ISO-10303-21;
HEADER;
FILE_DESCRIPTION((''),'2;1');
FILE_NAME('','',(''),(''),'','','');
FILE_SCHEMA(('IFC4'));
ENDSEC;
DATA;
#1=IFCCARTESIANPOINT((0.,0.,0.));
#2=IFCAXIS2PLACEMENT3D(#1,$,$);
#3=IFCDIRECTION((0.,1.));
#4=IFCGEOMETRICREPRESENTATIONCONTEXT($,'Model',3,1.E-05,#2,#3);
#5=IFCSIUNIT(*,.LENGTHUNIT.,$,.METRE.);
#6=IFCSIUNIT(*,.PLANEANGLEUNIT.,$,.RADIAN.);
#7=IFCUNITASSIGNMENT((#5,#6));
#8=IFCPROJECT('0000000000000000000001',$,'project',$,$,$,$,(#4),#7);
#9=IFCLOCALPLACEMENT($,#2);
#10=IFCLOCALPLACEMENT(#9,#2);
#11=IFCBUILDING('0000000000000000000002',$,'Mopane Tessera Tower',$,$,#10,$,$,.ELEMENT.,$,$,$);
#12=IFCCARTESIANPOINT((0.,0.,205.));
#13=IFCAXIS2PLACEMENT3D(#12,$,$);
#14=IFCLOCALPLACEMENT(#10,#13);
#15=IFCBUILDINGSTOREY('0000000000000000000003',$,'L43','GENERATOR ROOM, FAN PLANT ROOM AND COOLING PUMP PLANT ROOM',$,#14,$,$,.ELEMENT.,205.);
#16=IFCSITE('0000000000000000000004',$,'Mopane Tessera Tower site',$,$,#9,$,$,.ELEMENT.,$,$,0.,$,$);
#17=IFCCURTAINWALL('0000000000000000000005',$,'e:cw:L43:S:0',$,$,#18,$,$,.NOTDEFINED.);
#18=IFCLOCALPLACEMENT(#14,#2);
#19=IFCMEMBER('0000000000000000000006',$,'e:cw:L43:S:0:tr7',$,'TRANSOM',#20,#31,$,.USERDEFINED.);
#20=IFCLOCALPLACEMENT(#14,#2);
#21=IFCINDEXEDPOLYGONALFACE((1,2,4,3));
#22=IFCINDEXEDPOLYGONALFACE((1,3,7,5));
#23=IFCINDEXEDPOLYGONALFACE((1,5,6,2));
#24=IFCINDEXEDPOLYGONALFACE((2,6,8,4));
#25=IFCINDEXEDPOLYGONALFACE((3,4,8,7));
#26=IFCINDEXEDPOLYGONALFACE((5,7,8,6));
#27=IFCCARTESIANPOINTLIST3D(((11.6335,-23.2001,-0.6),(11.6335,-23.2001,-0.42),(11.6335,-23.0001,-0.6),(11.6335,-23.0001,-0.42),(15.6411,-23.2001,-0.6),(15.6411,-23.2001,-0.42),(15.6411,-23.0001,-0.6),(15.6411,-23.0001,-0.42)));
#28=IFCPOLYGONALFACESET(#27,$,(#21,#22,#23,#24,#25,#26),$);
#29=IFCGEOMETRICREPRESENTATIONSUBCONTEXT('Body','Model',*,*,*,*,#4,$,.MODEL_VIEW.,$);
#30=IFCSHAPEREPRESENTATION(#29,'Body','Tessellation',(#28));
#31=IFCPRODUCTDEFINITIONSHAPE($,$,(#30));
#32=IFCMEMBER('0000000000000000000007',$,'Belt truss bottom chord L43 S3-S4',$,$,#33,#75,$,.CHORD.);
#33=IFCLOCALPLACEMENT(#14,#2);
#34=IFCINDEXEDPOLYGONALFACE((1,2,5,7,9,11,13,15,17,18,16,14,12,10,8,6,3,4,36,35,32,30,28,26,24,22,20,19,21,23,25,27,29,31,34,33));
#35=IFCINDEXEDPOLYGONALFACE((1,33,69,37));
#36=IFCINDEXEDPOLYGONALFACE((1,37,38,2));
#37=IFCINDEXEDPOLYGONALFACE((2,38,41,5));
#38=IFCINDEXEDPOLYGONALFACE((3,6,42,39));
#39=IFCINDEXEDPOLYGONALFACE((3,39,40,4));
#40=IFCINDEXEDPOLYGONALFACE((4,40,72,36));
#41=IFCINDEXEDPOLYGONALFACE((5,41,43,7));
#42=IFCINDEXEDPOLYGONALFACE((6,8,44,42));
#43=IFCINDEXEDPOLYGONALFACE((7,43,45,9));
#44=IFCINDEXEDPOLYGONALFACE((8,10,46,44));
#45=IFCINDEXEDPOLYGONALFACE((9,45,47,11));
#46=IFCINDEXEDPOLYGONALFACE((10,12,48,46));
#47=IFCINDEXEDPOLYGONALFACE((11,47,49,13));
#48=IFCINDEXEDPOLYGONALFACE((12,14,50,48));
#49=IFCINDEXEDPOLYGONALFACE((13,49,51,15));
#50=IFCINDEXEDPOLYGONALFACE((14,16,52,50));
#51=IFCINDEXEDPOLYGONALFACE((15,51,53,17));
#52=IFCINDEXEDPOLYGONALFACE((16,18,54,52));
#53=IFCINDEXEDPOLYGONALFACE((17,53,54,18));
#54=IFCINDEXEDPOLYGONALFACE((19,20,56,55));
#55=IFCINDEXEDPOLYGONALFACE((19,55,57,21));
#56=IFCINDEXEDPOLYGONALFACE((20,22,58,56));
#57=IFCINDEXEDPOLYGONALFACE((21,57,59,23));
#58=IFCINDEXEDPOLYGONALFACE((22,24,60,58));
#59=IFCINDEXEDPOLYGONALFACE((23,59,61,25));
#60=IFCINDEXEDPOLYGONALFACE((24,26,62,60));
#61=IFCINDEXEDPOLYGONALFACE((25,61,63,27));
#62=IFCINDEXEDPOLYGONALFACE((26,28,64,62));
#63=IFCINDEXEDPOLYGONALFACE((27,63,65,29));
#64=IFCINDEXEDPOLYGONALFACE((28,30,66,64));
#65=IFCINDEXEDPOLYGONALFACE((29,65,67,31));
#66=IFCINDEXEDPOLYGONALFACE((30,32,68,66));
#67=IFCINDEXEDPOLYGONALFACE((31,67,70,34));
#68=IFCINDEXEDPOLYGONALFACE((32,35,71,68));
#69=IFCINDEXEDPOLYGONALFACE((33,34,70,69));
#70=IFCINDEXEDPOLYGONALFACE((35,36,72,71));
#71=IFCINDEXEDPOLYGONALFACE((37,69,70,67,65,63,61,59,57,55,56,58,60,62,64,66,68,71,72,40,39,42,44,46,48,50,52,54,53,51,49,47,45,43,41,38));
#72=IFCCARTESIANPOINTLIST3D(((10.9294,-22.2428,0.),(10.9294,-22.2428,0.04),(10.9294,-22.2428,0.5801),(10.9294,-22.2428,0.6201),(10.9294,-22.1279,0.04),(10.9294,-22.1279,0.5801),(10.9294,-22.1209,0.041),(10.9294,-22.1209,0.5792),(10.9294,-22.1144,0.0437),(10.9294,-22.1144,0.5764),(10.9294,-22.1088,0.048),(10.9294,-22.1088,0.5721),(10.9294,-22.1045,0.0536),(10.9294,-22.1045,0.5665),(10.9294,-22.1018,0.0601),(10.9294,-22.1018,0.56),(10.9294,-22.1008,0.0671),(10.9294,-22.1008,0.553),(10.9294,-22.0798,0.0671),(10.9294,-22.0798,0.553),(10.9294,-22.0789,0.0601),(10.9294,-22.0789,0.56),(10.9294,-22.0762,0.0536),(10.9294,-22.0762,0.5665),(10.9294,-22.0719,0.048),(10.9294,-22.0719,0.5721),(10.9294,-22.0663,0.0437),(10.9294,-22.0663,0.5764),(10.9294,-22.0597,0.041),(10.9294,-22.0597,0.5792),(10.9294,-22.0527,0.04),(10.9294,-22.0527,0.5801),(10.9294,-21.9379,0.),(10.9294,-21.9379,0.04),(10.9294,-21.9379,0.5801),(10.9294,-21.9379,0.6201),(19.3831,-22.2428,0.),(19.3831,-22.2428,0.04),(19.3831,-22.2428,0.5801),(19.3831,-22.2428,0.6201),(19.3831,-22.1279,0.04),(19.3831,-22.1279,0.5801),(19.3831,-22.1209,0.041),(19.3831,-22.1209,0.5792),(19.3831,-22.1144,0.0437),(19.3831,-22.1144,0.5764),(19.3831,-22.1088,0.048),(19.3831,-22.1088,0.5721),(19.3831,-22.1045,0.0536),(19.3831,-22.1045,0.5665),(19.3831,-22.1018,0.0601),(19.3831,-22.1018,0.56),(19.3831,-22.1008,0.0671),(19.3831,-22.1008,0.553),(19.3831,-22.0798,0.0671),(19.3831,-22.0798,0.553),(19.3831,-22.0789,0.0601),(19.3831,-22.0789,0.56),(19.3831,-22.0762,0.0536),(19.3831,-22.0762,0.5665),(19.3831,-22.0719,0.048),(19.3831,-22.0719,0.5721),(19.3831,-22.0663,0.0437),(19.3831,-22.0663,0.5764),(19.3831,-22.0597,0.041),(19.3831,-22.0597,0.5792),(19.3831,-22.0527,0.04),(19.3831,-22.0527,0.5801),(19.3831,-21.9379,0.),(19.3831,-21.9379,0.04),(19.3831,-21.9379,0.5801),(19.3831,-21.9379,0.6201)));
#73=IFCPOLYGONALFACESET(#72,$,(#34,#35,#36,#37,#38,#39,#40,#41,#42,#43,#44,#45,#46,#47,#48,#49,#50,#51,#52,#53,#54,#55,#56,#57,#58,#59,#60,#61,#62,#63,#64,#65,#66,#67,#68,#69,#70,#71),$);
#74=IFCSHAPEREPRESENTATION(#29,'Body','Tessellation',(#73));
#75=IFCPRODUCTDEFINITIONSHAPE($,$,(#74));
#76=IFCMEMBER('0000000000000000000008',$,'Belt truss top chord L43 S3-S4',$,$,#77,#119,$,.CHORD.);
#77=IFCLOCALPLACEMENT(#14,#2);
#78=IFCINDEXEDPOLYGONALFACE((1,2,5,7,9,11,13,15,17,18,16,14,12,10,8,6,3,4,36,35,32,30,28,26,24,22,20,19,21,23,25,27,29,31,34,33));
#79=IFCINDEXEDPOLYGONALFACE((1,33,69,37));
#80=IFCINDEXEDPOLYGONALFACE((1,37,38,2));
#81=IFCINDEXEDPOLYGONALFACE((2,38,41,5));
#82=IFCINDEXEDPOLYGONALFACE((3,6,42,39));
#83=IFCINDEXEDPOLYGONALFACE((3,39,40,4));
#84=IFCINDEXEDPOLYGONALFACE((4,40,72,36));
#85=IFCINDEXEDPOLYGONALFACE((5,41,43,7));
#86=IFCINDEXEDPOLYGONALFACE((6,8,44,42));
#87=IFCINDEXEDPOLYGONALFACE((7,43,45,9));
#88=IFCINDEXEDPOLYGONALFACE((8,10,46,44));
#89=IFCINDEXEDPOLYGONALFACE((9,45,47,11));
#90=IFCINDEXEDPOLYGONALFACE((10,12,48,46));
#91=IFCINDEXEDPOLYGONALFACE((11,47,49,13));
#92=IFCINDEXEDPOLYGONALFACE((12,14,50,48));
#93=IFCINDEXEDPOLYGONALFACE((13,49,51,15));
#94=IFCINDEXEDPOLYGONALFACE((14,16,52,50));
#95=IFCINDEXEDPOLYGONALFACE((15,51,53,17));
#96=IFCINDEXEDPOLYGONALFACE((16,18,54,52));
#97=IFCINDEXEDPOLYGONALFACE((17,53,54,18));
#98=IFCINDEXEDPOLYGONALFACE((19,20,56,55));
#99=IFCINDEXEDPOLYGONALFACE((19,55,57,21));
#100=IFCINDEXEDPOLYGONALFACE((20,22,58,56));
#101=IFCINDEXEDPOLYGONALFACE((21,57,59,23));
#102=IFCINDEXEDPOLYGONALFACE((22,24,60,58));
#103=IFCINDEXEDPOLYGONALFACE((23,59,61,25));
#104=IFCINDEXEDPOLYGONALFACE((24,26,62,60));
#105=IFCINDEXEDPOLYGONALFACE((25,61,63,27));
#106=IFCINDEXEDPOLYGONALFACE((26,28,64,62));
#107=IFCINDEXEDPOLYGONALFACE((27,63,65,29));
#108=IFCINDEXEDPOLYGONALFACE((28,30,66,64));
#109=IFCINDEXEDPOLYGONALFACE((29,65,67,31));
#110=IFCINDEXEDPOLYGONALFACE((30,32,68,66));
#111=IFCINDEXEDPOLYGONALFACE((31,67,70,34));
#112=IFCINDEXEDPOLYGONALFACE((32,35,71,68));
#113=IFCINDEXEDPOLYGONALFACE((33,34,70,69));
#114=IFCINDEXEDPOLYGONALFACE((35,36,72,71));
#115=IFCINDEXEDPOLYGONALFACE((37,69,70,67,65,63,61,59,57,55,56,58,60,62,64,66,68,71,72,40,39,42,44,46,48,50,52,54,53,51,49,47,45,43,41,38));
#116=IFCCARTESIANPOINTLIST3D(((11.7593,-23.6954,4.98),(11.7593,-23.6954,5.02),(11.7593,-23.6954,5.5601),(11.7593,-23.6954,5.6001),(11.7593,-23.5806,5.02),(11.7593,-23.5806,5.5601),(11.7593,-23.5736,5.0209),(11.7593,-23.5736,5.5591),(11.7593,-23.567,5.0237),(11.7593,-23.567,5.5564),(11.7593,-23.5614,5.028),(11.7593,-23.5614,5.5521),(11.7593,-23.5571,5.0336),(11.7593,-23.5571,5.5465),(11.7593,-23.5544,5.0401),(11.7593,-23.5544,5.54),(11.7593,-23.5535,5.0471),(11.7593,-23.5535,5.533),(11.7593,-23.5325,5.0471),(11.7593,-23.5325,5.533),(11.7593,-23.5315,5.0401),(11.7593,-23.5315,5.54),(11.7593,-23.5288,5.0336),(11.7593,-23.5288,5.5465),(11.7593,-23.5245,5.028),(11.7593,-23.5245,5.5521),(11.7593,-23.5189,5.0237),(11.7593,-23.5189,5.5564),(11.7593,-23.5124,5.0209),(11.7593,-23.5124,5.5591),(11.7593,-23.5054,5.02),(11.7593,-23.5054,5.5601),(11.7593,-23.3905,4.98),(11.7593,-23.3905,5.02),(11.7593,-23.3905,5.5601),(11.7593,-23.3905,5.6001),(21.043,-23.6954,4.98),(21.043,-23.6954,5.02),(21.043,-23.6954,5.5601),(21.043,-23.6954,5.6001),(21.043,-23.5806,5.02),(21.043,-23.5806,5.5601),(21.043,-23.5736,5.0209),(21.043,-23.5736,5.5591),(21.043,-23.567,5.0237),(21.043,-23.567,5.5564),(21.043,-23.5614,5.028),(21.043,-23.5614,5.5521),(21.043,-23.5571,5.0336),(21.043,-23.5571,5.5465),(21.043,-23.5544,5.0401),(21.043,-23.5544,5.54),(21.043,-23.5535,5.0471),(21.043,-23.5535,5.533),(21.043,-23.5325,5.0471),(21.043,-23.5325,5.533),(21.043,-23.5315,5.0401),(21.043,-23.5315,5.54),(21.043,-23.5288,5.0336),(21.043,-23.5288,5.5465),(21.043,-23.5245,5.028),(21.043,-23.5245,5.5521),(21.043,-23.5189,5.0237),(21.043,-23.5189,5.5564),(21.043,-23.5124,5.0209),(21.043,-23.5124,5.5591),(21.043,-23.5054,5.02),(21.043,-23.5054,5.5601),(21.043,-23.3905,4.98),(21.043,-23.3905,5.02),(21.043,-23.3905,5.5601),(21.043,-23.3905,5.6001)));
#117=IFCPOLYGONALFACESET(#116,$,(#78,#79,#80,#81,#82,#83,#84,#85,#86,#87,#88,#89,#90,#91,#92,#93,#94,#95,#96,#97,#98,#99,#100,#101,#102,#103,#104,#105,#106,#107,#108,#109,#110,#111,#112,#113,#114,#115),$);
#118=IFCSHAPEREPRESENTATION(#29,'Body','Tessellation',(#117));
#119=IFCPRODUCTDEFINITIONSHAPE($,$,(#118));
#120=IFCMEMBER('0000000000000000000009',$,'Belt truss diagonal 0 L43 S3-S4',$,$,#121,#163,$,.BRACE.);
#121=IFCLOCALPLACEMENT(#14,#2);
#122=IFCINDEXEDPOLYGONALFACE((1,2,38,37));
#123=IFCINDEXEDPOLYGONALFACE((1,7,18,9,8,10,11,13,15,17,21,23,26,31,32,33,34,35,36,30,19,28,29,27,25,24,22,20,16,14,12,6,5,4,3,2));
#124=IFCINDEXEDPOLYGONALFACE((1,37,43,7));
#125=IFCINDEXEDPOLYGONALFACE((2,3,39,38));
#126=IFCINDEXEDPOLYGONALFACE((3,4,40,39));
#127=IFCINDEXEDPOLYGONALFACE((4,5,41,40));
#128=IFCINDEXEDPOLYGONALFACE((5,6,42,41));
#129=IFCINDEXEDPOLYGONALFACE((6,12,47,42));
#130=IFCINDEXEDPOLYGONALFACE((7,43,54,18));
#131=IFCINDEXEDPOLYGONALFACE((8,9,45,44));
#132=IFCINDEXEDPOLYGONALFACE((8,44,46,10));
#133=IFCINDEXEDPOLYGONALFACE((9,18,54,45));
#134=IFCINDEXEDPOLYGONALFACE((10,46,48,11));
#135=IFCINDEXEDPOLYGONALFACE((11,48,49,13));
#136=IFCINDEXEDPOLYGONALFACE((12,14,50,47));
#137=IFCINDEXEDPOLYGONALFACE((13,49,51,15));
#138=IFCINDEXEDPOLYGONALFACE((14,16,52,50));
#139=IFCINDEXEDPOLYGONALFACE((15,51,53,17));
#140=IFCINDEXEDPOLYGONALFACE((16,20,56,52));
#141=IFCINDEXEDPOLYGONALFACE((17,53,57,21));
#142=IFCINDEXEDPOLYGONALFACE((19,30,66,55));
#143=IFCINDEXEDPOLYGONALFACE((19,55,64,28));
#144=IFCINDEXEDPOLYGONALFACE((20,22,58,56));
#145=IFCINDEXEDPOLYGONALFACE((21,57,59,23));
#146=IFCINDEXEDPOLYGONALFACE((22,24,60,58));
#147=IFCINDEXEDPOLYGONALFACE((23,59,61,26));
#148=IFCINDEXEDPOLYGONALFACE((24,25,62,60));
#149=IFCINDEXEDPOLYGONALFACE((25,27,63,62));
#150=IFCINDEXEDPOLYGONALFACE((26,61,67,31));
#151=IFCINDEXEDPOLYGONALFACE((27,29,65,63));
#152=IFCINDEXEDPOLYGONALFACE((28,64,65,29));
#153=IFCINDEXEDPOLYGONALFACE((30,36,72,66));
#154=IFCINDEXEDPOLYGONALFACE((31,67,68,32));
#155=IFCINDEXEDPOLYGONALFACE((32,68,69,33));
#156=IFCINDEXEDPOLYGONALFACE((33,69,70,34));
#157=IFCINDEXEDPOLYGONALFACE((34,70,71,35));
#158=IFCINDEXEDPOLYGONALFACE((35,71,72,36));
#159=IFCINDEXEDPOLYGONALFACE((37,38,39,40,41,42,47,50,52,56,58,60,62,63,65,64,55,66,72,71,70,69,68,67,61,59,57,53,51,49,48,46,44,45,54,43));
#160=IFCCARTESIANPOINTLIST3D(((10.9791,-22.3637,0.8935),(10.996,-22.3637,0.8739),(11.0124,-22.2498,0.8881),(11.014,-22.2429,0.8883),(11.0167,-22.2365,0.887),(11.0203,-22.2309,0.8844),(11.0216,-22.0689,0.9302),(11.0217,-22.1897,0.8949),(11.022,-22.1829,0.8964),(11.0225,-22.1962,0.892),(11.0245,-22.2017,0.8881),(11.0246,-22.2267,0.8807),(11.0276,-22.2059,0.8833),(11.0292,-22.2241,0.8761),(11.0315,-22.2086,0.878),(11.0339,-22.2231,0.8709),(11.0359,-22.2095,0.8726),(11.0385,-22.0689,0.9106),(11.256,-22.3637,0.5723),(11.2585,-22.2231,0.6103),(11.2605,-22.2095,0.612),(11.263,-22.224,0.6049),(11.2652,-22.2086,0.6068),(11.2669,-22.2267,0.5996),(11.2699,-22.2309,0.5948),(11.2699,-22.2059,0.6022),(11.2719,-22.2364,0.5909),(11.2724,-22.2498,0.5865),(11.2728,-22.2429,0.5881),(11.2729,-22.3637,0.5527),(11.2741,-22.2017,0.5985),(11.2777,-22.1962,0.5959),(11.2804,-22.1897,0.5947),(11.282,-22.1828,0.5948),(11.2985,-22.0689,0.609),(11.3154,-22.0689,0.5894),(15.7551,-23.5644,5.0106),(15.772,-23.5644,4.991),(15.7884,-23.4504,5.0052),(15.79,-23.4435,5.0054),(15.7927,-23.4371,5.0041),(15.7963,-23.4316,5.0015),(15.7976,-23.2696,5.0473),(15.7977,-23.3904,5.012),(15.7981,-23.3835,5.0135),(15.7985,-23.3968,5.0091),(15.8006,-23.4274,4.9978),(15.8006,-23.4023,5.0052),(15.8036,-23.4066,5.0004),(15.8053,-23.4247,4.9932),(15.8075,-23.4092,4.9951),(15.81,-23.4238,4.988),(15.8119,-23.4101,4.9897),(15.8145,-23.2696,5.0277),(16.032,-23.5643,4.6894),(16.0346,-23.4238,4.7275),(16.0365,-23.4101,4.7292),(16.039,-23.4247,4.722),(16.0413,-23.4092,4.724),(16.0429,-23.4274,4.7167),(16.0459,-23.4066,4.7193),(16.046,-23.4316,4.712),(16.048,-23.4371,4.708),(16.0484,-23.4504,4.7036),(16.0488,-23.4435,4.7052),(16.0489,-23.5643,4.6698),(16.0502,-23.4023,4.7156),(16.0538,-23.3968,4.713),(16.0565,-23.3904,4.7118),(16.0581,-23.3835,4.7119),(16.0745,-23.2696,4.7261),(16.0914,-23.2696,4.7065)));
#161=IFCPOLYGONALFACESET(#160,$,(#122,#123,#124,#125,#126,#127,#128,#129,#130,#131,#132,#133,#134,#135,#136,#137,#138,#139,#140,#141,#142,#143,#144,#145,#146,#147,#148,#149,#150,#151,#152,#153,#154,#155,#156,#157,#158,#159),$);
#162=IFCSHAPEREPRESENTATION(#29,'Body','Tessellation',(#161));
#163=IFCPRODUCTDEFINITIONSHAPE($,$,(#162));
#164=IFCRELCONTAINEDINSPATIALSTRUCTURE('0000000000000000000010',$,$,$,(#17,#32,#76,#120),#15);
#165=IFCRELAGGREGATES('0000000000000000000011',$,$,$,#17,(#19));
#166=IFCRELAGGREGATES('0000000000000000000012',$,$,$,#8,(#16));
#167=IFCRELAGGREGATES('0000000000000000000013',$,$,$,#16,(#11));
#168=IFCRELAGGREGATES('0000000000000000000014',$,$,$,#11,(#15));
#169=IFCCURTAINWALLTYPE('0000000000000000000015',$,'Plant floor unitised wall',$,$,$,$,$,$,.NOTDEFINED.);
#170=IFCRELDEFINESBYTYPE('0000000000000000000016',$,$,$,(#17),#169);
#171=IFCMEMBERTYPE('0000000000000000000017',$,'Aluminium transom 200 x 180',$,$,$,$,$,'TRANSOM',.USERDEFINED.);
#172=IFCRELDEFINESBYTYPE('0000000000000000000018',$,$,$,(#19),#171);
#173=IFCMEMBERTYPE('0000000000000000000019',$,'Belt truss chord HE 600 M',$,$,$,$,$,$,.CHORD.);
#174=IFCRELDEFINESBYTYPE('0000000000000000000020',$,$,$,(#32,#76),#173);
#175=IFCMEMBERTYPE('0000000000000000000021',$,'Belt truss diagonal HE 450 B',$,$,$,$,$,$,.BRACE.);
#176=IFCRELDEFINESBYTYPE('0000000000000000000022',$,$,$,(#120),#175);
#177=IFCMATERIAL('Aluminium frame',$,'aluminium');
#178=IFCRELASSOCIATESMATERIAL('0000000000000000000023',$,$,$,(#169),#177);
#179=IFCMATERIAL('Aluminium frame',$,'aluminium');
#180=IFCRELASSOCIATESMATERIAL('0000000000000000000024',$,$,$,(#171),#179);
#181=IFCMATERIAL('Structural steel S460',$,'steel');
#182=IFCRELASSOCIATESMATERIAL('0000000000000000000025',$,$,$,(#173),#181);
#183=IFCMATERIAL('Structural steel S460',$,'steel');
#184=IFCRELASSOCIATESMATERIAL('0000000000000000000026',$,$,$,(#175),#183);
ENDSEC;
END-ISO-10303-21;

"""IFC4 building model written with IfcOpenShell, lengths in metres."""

from ifc_helpers import new_model, si_unit, direction, frame, origin, origin_2d, place, context, subcontext, project, spatial, rectangle, i_section, extrude, material, material_profile, profile_set, type_object, element, aggregate, save


model = new_model("IFC4")

# Units and contexts
model_context = context("Model", 3, precision=1e-05, world=origin(), true_north=direction((0.0, 1.0)))
body_context = subcontext(model_context, "Body", "Model", "MODEL_VIEW")
ifc_project = project(units=[si_unit("LENGTHUNIT", "METRE"), si_unit("PLANEANGLEUNIT", "RADIAN")], contexts=[model_context])

# Site, building, storey
site_placement = place(None, origin())
site = spatial("IfcSite", under=ifc_project, at=site_placement, Name="Mopane Tessera Tower site", CompositionType="ELEMENT", RefElevation=0.0)
building_placement = place(site_placement, origin())
building = spatial("IfcBuilding", under=site, at=building_placement, Name="Mopane Tessera Tower", CompositionType="ELEMENT")
storey_placement = place(building_placement, frame((0.0, 0.0, 205.0)))
storey = spatial("IfcBuildingStorey", under=building, at=storey_placement, Name="L43", Description="GENERATOR ROOM, FAN PLANT ROOM AND COOLING PUMP PLANT ROOM", CompositionType="ELEMENT", Elevation=205.0)

# Curtain wall, member
ifc_material_1 = material(Name="Aluminium frame", Category="aluminium")
curtain_wall_type = type_object("IfcCurtainWallType", Name="Plant floor unitised wall", PredefinedType="NOTDEFINED", material=ifc_material_1)
curtain_wall_placement = place(storey_placement, origin())
curtain_wall = element("IfcCurtainWall", 1, at=curtain_wall_placement, inside=storey, type_object=curtain_wall_type, Name="e:cw:L43:S:0", PredefinedType="NOTDEFINED")
ifc_material_2 = material(Name="Aluminium frame", Category="aluminium")
ifc_material_profile_1 = material_profile(ifc_material_2, rectangle(XDim=0.2, YDim=0.1799, at=origin_2d()))
ifc_profile_set_1 = profile_set([ifc_material_profile_1], Name="Aluminium frame")
member_type_1 = type_object("IfcMemberType", Name="Aluminium transom 200 x 180", ElementType="TRANSOM", PredefinedType="USERDEFINED", material=ifc_profile_set_1)
member_1_placement = place(storey_placement, frame((11.6335, -23.1001, -0.51), z_axis=(1.0, 0.0, 0.0), x_axis=(0.0, 1.0, 0.0)))
member_1 = element("IfcMember", 2, at=member_1_placement, type_object=member_type_1, Name="e:cw:L43:S:0:tr7", ObjectType="TRANSOM", PredefinedType="USERDEFINED", context=body_context, shape_type="SweptSolid", body=[
    extrude(rectangle(XDim=0.2, YDim=0.1799, at=origin_2d()), origin(), (0.0, 0.0, 1.0), 4.0076),
])

# Members
ifc_material_3 = material(Name="Structural steel S460", Category="steel")
ifc_material_profile_2 = material_profile(ifc_material_3, i_section(OverallWidth=0.3049, OverallDepth=0.6201, WebThickness=0.021, FlangeThickness=0.04, FilletRadius=0.0271, at=origin_2d()))
ifc_profile_set_2 = profile_set([ifc_material_profile_2], Name="Structural steel S460")
member_type_2 = type_object("IfcMemberType", Name="Belt truss chord HE 600 M", PredefinedType="CHORD", material=ifc_profile_set_2)
member_2_placement = place(storey_placement, frame((10.9294, -22.0903, 0.3101), z_axis=(1.0, 0.0, 0.0), x_axis=(0.0, 1.0, 0.0)))
element("IfcMember", 3, at=member_2_placement, inside=storey, type_object=member_type_2, Name="Belt truss bottom chord L43 S3-S4", PredefinedType="CHORD", context=body_context, shape_type="SweptSolid", body=[
    extrude(i_section(OverallWidth=0.3049, OverallDepth=0.6201, WebThickness=0.021, FlangeThickness=0.04, FilletRadius=0.0271, at=origin_2d()), origin(), (0.0, 0.0, 1.0), 8.4536),
])
member_3_placement = place(storey_placement, frame((11.7593, -23.543, 5.29), z_axis=(1.0, 0.0, 0.0), x_axis=(0.0, 1.0, 0.0)))
element("IfcMember", 4, at=member_3_placement, inside=storey, type_object=member_type_2, Name="Belt truss top chord L43 S3-S4", PredefinedType="CHORD", context=body_context, shape_type="SweptSolid", body=[
    extrude(i_section(OverallWidth=0.3049, OverallDepth=0.6201, WebThickness=0.021, FlangeThickness=0.04, FilletRadius=0.0271, at=origin_2d()), origin(), (0.0, 0.0, 1.0), 9.2837),
])
ifc_material_4 = material(Name="Structural steel S460", Category="steel")
ifc_material_profile_3 = material_profile(ifc_material_4, i_section(OverallWidth=0.3, OverallDepth=0.45, WebThickness=0.0139, FlangeThickness=0.0259, FilletRadius=0.0271, at=origin_2d()))
ifc_profile_set_3 = profile_set([ifc_material_profile_3], Name="Structural steel S460")
member_type_3 = type_object("IfcMemberType", Name="Belt truss diagonal HE 450 B", PredefinedType="BRACE", material=ifc_profile_set_3)
member_4_placement = place(storey_placement, frame((11.1472, -22.2163, 0.7415), z_axis=(0.744054, -0.18705, 0.641401), x_axis=(0.141659, 0.98235, 0.122149)))
element("IfcMember", 5, at=member_4_placement, inside=storey, type_object=member_type_3, Name="Belt truss diagonal 0 L43 S3-S4", PredefinedType="BRACE", context=body_context, shape_type="SweptSolid", body=[
    extrude(i_section(OverallWidth=0.3, OverallDepth=0.45, WebThickness=0.0139, FlangeThickness=0.0259, FilletRadius=0.0271, at=origin_2d()), origin(), (0.0, 0.0, 1.0), 6.4189),
])

aggregate(curtain_wall, [member_1])

save(model, "model.ifc")
